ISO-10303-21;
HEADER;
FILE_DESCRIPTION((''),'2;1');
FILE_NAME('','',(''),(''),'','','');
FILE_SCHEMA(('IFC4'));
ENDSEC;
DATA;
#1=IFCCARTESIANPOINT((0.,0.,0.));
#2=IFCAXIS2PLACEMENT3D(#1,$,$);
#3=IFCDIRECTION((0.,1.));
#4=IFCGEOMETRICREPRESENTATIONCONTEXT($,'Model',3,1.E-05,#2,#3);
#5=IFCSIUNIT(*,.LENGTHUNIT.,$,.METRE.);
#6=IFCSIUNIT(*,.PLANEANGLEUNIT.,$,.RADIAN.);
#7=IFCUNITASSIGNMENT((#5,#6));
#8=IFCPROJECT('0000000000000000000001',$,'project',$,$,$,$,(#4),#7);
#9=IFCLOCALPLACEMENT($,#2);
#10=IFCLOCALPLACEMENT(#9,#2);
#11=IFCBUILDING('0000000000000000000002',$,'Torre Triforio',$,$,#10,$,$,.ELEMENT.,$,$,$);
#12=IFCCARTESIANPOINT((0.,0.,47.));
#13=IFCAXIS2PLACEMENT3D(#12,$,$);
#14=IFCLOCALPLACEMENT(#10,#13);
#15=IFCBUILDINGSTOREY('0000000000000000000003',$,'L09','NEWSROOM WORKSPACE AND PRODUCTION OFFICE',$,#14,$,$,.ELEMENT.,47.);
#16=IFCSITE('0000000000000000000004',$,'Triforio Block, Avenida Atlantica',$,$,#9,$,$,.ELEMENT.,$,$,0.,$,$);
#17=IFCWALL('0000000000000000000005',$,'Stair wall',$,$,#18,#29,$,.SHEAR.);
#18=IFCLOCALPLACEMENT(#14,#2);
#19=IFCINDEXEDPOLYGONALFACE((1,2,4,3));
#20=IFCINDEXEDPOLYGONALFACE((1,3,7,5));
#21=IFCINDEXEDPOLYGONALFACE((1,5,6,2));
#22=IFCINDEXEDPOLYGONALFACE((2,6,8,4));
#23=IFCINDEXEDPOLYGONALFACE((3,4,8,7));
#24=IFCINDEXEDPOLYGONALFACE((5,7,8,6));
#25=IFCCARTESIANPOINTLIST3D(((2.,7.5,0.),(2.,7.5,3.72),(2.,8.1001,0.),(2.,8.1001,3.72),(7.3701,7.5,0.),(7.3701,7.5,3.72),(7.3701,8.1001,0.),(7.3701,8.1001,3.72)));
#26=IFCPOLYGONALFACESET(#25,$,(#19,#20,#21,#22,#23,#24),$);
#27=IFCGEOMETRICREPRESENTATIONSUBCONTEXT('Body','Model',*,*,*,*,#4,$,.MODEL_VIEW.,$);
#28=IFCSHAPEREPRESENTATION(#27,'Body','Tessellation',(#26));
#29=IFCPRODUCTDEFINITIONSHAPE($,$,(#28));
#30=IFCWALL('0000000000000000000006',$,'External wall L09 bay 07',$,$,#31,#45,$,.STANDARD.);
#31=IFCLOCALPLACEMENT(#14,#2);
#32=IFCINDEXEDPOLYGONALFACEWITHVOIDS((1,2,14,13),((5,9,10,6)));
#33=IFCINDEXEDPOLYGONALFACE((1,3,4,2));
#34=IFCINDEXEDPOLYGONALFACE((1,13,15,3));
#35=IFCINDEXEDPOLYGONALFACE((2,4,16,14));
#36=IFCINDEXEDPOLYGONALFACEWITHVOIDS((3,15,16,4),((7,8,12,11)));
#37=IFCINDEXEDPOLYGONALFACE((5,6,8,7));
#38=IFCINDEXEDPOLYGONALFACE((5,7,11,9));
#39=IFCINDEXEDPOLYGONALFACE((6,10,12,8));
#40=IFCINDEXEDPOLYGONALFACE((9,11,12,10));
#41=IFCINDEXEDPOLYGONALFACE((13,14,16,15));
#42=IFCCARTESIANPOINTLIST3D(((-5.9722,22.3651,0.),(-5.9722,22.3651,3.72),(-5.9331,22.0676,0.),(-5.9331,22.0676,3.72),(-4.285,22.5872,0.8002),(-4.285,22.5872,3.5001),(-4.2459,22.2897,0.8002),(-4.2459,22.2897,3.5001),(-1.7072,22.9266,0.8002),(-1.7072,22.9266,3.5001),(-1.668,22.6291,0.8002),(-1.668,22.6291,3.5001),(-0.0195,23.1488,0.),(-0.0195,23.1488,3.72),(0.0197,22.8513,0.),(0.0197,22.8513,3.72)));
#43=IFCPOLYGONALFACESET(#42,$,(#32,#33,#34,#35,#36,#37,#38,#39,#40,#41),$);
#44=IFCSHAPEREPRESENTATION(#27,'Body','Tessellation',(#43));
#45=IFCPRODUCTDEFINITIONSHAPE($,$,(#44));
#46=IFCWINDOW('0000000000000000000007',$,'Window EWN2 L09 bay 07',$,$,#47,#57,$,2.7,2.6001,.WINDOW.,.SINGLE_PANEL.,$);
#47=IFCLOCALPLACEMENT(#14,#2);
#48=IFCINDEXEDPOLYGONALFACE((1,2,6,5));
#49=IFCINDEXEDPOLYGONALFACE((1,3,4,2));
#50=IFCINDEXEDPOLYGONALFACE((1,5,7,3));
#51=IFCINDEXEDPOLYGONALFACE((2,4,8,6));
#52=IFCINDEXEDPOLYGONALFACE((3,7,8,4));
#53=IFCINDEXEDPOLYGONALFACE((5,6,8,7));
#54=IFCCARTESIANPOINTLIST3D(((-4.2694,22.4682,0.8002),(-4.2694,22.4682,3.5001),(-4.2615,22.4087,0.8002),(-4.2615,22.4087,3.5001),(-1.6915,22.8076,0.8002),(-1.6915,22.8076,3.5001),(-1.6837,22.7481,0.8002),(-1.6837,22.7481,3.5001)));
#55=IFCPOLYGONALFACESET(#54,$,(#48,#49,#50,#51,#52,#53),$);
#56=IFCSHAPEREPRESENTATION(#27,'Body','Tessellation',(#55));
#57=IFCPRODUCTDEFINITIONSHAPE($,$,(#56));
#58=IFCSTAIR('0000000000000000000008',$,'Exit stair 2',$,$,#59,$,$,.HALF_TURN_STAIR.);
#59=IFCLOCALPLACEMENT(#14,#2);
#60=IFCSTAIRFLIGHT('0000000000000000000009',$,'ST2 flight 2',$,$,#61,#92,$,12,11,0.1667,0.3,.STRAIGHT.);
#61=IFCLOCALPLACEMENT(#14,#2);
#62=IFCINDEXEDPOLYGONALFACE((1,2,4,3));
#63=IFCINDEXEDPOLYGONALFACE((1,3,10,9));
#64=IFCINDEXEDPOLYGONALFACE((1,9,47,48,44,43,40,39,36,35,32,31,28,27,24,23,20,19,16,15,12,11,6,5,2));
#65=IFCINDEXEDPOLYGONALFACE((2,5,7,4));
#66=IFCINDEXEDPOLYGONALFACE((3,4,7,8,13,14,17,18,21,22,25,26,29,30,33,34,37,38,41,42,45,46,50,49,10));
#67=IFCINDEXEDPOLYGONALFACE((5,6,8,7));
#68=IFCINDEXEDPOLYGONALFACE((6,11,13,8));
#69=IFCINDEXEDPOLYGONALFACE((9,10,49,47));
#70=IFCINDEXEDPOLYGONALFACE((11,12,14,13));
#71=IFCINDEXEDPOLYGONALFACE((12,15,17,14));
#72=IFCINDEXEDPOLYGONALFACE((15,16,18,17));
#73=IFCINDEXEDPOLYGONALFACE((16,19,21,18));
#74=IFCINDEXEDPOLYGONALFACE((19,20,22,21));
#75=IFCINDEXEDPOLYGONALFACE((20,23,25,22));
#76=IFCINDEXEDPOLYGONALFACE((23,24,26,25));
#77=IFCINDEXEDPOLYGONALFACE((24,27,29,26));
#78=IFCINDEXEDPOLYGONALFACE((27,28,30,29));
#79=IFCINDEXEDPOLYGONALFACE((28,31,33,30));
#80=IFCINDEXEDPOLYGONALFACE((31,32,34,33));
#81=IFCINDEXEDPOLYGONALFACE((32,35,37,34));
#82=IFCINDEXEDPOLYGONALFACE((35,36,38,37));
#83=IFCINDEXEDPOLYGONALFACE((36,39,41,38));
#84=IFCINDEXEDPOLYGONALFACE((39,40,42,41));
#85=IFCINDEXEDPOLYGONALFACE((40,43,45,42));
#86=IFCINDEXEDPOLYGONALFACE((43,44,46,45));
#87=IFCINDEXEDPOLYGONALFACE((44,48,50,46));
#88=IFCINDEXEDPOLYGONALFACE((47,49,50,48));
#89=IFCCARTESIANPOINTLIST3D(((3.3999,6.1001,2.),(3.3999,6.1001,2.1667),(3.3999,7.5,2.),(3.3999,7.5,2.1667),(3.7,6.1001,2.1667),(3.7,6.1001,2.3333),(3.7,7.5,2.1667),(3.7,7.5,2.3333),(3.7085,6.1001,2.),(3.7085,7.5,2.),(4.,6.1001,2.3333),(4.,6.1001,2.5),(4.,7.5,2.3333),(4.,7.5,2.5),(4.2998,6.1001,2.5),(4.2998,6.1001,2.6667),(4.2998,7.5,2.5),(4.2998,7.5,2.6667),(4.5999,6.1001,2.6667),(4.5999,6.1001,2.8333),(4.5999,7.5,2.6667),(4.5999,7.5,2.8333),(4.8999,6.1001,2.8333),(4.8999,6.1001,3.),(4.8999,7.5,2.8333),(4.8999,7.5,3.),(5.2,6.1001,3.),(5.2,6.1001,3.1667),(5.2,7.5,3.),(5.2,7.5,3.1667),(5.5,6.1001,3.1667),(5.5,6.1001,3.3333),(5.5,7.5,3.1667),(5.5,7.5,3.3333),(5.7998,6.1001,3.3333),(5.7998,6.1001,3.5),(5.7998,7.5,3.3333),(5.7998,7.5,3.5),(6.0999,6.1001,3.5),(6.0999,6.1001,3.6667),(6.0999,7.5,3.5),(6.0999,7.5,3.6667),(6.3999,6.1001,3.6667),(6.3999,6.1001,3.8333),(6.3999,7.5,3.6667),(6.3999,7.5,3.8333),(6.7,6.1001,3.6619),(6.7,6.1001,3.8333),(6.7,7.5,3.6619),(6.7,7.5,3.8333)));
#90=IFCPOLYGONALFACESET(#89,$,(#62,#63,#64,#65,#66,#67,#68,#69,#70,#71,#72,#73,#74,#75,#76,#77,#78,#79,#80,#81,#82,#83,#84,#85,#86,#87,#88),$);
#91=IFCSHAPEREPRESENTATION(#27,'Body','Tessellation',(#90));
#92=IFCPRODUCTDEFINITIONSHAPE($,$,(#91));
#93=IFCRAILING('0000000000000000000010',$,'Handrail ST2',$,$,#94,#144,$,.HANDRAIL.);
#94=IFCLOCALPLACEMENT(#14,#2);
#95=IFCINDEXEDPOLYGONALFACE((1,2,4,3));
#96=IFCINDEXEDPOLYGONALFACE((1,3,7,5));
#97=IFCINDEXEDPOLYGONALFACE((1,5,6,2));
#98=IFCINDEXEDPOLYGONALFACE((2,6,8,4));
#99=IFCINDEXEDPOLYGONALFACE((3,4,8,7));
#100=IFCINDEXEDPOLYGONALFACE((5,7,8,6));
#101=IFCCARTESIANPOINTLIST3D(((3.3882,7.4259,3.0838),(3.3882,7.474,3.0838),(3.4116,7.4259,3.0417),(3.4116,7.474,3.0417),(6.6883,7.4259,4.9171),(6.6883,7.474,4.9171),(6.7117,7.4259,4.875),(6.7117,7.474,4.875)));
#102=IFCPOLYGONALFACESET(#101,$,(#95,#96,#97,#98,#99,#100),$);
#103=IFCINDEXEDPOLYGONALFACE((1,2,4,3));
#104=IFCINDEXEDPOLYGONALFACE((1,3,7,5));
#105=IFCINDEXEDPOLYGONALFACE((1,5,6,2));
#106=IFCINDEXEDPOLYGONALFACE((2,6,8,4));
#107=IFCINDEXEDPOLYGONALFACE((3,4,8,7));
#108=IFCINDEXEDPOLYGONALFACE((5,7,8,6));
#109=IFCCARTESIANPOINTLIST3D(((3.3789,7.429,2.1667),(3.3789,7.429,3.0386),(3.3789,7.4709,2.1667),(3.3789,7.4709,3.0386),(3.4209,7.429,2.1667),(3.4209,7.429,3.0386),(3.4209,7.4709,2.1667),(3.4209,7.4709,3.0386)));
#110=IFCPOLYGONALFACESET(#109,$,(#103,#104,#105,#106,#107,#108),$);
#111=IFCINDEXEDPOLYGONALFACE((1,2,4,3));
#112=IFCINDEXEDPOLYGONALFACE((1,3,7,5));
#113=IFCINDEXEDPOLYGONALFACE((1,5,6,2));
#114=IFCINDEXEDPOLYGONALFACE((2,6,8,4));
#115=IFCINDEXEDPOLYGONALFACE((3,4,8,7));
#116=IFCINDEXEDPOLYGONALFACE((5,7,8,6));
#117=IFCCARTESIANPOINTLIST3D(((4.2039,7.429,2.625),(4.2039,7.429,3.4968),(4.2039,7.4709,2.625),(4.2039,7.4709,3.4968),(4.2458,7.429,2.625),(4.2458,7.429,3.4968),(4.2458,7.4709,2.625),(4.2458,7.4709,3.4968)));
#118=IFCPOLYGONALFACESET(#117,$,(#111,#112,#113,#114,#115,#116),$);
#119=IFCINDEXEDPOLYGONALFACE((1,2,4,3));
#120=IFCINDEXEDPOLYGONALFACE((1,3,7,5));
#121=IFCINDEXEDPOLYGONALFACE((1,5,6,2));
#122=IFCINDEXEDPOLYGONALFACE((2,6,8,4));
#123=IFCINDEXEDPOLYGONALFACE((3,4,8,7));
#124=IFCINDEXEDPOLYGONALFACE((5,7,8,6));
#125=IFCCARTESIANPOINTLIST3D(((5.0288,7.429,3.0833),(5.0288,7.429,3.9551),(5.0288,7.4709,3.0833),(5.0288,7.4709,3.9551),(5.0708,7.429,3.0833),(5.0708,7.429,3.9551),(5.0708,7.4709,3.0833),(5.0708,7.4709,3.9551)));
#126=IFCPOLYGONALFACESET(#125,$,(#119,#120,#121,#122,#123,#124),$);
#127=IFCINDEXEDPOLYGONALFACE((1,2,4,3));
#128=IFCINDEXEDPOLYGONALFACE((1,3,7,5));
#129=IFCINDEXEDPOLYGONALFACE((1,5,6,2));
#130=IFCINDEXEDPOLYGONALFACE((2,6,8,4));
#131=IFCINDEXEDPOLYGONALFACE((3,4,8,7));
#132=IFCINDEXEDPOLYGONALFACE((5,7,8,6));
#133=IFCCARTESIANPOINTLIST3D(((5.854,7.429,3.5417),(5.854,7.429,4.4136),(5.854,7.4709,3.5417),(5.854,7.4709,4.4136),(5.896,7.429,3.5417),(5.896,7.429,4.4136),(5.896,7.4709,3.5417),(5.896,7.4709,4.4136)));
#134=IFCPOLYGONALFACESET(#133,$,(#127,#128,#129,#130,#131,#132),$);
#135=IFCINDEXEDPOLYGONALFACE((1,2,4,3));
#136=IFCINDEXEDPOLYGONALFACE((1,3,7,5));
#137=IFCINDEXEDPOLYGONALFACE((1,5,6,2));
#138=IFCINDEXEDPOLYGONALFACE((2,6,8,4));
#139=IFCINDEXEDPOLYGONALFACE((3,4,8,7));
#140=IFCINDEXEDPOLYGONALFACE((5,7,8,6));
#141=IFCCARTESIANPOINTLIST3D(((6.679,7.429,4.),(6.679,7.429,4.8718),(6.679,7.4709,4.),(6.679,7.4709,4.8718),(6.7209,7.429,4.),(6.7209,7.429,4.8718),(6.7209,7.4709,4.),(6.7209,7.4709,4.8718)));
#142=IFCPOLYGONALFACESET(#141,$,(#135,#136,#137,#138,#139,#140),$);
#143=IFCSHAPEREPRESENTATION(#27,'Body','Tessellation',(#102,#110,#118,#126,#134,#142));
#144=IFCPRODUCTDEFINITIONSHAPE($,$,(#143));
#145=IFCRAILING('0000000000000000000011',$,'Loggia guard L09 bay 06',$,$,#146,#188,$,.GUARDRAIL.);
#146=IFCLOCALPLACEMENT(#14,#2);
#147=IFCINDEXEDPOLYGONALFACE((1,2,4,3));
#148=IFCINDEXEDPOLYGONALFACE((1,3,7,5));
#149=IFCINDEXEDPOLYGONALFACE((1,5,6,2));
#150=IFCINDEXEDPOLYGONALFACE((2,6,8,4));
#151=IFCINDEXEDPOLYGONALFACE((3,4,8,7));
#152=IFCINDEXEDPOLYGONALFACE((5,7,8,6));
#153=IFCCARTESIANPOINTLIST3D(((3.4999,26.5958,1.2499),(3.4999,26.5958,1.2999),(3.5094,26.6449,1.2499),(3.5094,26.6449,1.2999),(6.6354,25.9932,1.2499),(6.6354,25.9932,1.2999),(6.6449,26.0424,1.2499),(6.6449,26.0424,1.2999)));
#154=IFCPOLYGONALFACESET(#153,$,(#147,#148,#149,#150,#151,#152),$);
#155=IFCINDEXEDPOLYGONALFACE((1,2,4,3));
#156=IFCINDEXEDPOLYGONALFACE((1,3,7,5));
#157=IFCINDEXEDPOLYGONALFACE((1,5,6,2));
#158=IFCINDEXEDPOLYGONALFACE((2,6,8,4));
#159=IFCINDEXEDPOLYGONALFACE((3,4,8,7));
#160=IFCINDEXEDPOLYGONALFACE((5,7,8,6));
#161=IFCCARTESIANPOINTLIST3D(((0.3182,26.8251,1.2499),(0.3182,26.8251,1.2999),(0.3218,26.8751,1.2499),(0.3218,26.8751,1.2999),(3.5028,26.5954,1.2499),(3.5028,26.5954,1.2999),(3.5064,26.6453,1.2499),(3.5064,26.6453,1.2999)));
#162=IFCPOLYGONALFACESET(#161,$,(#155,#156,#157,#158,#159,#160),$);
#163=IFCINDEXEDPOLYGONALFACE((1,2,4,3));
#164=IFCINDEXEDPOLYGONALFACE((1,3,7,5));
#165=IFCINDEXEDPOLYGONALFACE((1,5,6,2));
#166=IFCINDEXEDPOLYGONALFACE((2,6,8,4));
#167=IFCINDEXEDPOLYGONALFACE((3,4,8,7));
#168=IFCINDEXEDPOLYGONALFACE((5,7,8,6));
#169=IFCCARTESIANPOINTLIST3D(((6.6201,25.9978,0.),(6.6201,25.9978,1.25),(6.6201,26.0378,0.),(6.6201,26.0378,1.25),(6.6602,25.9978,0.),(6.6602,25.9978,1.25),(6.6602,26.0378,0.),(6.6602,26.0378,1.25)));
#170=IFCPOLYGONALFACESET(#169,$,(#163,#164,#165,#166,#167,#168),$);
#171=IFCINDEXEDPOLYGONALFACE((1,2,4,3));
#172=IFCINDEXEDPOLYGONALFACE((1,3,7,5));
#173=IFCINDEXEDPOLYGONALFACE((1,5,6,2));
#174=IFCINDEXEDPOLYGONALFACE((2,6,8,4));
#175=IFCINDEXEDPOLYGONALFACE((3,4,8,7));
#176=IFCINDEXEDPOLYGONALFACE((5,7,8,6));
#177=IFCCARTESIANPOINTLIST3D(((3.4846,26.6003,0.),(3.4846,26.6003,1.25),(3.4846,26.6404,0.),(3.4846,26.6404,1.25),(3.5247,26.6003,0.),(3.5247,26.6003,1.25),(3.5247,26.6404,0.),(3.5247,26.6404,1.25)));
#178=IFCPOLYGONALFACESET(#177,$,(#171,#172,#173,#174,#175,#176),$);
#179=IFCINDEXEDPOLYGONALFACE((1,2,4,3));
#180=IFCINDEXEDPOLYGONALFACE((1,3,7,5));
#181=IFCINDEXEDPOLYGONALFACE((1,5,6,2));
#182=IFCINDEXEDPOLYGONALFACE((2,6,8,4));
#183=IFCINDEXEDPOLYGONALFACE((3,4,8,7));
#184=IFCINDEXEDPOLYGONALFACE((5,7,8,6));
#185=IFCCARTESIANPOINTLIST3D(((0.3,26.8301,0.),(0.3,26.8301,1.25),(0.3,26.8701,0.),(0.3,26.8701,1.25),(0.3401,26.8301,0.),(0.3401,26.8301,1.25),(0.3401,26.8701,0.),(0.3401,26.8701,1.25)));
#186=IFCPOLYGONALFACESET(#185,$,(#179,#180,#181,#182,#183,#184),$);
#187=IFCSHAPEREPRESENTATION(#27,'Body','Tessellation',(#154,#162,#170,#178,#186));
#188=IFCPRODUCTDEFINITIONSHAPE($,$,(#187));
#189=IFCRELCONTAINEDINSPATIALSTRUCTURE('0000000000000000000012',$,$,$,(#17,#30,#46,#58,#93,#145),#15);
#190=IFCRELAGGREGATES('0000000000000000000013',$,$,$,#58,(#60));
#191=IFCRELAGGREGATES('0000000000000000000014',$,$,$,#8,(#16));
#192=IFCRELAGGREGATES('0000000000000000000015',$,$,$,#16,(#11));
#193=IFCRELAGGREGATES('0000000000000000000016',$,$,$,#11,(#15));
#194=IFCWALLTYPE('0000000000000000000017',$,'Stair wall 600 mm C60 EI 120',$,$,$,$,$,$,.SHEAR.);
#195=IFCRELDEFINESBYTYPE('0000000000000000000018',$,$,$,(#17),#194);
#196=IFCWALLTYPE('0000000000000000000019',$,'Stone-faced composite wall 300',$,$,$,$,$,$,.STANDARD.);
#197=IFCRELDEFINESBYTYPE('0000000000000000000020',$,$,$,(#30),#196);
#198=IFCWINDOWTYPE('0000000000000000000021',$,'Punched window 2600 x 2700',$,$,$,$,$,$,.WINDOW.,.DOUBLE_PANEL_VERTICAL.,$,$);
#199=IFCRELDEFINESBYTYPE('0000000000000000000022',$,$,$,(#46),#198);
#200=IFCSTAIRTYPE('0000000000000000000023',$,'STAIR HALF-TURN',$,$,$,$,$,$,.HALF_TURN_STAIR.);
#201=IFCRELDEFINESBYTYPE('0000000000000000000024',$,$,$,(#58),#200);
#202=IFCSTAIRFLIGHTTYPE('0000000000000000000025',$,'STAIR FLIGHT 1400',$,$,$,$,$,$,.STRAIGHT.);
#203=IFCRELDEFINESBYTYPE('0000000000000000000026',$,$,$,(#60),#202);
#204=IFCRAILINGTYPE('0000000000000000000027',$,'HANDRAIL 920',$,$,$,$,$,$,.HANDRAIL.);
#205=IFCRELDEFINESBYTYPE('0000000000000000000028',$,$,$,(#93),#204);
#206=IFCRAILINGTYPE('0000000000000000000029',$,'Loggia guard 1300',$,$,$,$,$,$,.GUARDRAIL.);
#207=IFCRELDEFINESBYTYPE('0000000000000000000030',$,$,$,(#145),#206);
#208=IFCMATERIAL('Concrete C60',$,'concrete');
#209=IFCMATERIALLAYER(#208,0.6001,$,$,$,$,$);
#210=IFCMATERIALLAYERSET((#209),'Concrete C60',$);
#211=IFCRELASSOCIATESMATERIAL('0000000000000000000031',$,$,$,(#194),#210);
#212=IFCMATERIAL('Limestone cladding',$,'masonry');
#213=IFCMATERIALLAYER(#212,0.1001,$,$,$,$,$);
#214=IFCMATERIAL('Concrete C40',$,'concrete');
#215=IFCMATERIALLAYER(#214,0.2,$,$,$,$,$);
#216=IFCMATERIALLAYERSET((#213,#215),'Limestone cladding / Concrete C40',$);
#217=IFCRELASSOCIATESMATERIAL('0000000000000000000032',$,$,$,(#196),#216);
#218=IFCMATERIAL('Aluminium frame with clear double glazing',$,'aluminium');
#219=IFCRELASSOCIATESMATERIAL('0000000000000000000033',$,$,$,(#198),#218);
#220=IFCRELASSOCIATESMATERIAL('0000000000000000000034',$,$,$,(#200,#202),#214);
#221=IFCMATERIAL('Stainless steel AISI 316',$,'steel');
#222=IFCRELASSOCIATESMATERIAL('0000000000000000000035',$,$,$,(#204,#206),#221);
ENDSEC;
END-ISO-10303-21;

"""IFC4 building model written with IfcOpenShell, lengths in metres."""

from ifc_helpers import new_model, si_unit, direction, frame, frame_2d, origin, origin_2d, place, context, subcontext, project, spatial, polyline, rectangle, outline, extrude, material, layer, layer_set, type_object, element, fill, aggregate, save


model = new_model("IFC4")

# Units and contexts
model_context = context("Model", 3, precision=1e-05, world=origin(), true_north=direction((0.0, 1.0)))
body_context = subcontext(model_context, "Body", "Model", "MODEL_VIEW")
ifc_project = project(units=[si_unit("LENGTHUNIT", "METRE"), si_unit("PLANEANGLEUNIT", "RADIAN")], contexts=[model_context])

# Site, building, storey
site_placement = place(None, origin())
site = spatial("IfcSite", under=ifc_project, at=site_placement, Name="Triforio Block, Avenida Atlantica", CompositionType="ELEMENT", RefElevation=0.0)
building_placement = place(site_placement, origin())
building = spatial("IfcBuilding", under=site, at=building_placement, Name="Torre Triforio", CompositionType="ELEMENT")
storey_placement = place(building_placement, frame((0.0, 0.0, 47.0)))
storey = spatial("IfcBuildingStorey", under=building, at=storey_placement, Name="L09", Description="NEWSROOM WORKSPACE AND PRODUCTION OFFICE", CompositionType="ELEMENT", Elevation=47.0)

# Shared definitions
ifc_material_1 = material(Name="Concrete C60", Category="concrete")

# Wall
ifc_layer_1 = layer(ifc_material_1, 0.6001)
ifc_layer_set_1 = layer_set([ifc_layer_1], Name="Concrete C60")
wall_type_1 = type_object("IfcWallType", Name="Stair wall 600 mm C60 EI 120", PredefinedType="SHEAR", material=ifc_layer_set_1)
wall_1_placement = place(storey_placement, frame((2.0, 7.8, 0.0), z_axis=(0.0, 0.0, 1.0), x_axis=(1.0, 0.0, 0.0)))
element("IfcWall", 1, at=wall_1_placement, inside=storey, type_object=wall_type_1, Name="Stair wall", PredefinedType="SHEAR", context=body_context, shape_type="SweptSolid", body=[
    extrude(rectangle(XDim=5.3701, YDim=0.6001, at=frame_2d((2.6851, 0.0))), origin(), (0.0, 0.0, 1.0), 3.72),
])

# Shared definitions
ifc_material_2 = material(Name="Limestone cladding", Category="masonry")
ifc_layer_2 = layer(ifc_material_2, 0.1001)
ifc_material_3 = material(Name="Concrete C40", Category="concrete")
ifc_layer_3 = layer(ifc_material_3, 0.2)
ifc_layer_set_2 = layer_set([ifc_layer_2, ifc_layer_3], Name="Limestone cladding / Concrete C40")
wall_type_2 = type_object("IfcWallType", Name="Stone-faced composite wall 300", PredefinedType="STANDARD", material=ifc_layer_set_2)
ifc_material_4 = material(Name="Aluminium frame with clear double glazing", Category="aluminium")

# Wall, opening, window
wall_2_placement = place(storey_placement, frame((0.0, 23.0, 0.0), z_axis=(0.0, 0.0, 1.0), x_axis=(-0.991445, -0.130523, 0.0)))
wall_2 = element("IfcWall", 2, at=wall_2_placement, inside=storey, type_object=wall_type_2, Name="External wall L09 bay 07", PredefinedType="STANDARD", context=body_context, shape_type="SweptSolid", body=[
    extrude(rectangle(XDim=6.0042, YDim=0.3, at=frame_2d((3.002, 0.0))), origin(), (0.0, 0.0, 1.0), 3.72),
])
opening_1_placement = place(wall_2_placement, frame((1.7021, 0.0, 0.8)))
opening_1 = element("IfcOpeningElement", 3, at=opening_1_placement, cuts=wall_2, PredefinedType="OPENING", context=body_context, shape_type="SweptSolid", body=[
    extrude(rectangle(XDim=2.6001, YDim=2.7, at=frame_2d((1.3, 1.3501))), frame((0.0, 0.1599, 0.0), z_axis=(0.0, -1.0, 0.0), x_axis=(1.0, 0.0, 0.0)), (0.0, 0.0, 1.0), 0.3201),
])
window_type_1 = type_object("IfcWindowType", Name="Punched window 2600 x 2700", PartitioningType="DOUBLE_PANEL_VERTICAL", PredefinedType="WINDOW", material=ifc_material_4)
window_1_placement = place(opening_1_placement, origin())
window_1 = element("IfcWindow", 4, at=window_1_placement, inside=storey, type_object=window_type_1, Name="Window EWN2 L09 bay 07", OverallHeight=2.7, OverallWidth=2.6001, PartitioningType="SINGLE_PANEL", PredefinedType="WINDOW", context=body_context, shape_type="SweptSolid", body=[
    extrude(rectangle(XDim=2.6001, YDim=2.7, at=frame_2d((1.3, 1.3501))), frame((0.0, 0.03, 0.0), z_axis=(0.0, -1.0, 0.0), x_axis=(1.0, 0.0, 0.0)), (0.0, 0.0, 1.0), 0.0601),
])
fill(opening_1, window_1)

# Stair, stair flight
stair_type = type_object("IfcStairType", Name="STAIR HALF-TURN", PredefinedType="HALF_TURN_STAIR", material=ifc_material_3)
stair_placement = place(storey_placement, origin())
stair = element("IfcStair", 5, at=stair_placement, inside=storey, type_object=stair_type, Name="Exit stair 2", PredefinedType="HALF_TURN_STAIR")
stair_flight_type = type_object("IfcStairFlightType", Name="STAIR FLIGHT 1400", PredefinedType="STRAIGHT", material=ifc_material_3)
stair_flight_placement = place(storey_placement, frame((3.3999, 6.8, 2.0), z_axis=(0.0, 0.0, 1.0), x_axis=(1.0, 0.0, 0.0)))
stair_flight = element("IfcStairFlight", 6, at=stair_flight_placement, type_object=stair_flight_type, Name="ST2 flight 2", NumberOfRisers=12, NumberOfTreads=11, PredefinedType="STRAIGHT", RiserHeight=0.1667, TreadLength=0.3, context=body_context, shape_type="SweptSolid", body=[
    extrude(outline(polyline([(0.0, 0.0), (0.0, 0.1667), (0.3, 0.1667), (0.3, 0.3333), (0.6001, 0.3333), (0.6001, 0.5), (0.8999, 0.5), (0.8999, 0.6667), (1.2, 0.6667), (1.2, 0.8333), (1.5, 0.8333), (1.5, 1.0), (1.8, 1.0), (1.8, 1.1667), (2.1001, 1.1667), (2.1001, 1.3333), (2.3999, 1.3333), (2.3999, 1.5), (2.7, 1.5), (2.7, 1.6667), (3.0, 1.6667), (3.0, 1.8333), (3.3, 1.8333), (3.3, 2.0), (3.3, 1.6619), (0.3086, 0.0), (0.0, 0.0)])), frame((0.0, 0.7, 0.0), z_axis=(0.0, -1.0, 0.0), x_axis=(1.0, 0.0, 0.0)), (0.0, 0.0, 1.0), 1.3999),
])
aggregate(stair, [stair_flight])

# Railings
ifc_material_5 = material(Name="Stainless steel AISI 316", Category="steel")
railing_type_1 = type_object("IfcRailingType", Name="HANDRAIL 920", PredefinedType="HANDRAIL", material=ifc_material_5)
railing_1_placement = place(storey_placement, frame((3.3999, 7.45, 2.1667)))
element("IfcRailing", 7, at=railing_1_placement, inside=storey, type_object=railing_type_1, Name="Handrail ST2", PredefinedType="HANDRAIL", context=body_context, shape_type="SweptSolid", body=[
    extrude(rectangle(XDim=0.0481, YDim=0.0481, at=origin_2d()), frame((0.0, 0.0, 0.896), z_axis=(0.874169, 0.0, 0.485621), x_axis=(0.0, 1.0, 0.0)), (0.0, 0.0, 1.0), 3.7751),
    extrude(rectangle(XDim=0.042, YDim=0.042, at=origin_2d()), origin(), (0.0, 0.0, 1.0), 0.8718),
    extrude(rectangle(XDim=0.042, YDim=0.042, at=origin_2d()), frame((0.825, 0.0, 0.4583)), (0.0, 0.0, 1.0), 0.8718),
    extrude(rectangle(XDim=0.042, YDim=0.042, at=origin_2d()), frame((1.6499, 0.0, 0.9165)), (0.0, 0.0, 1.0), 0.8718),
    extrude(rectangle(XDim=0.042, YDim=0.042, at=origin_2d()), frame((2.4751, 0.0, 1.375)), (0.0, 0.0, 1.0), 0.8718),
    extrude(rectangle(XDim=0.042, YDim=0.042, at=origin_2d()), frame((3.3, 0.0, 1.8333)), (0.0, 0.0, 1.0), 0.8718),
])
railing_type_2 = type_object("IfcRailingType", Name="Loggia guard 1300", PredefinedType="GUARDRAIL", material=ifc_material_5)
railing_2_placement = place(storey_placement, frame((6.6401, 26.0178, 0.0)))
element("IfcRailing", 8, at=railing_2_placement, inside=storey, type_object=railing_type_2, Name="Loggia guard L09 bay 06", PredefinedType="GUARDRAIL", context=body_context, shape_type="SweptSolid", body=[
    extrude(rectangle(XDim=0.05, YDim=0.05, at=origin_2d()), frame((0.0, 0.0, 1.2749), z_axis=(-0.982032, 0.188714, 0.0), x_axis=(-0.188714, -0.982032, 0.0)), (0.0, 0.0, 1.0), 3.1929),
    extrude(rectangle(XDim=0.05, YDim=0.05, at=origin_2d()), frame((-3.1355, 0.6025, 1.2749), z_axis=(-0.997408, 0.071953, 0.0), x_axis=(-0.071953, -0.997408, 0.0)), (0.0, 0.0, 1.0), 3.1929),
    extrude(rectangle(XDim=0.04, YDim=0.04, at=origin_2d()), origin(), (0.0, 0.0, 1.0), 1.25),
    extrude(rectangle(XDim=0.04, YDim=0.04, at=origin_2d()), frame((-3.1355, 0.6025, 0.0)), (0.0, 0.0, 1.0), 1.25),
    extrude(rectangle(XDim=0.04, YDim=0.04, at=origin_2d()), frame((-6.3201, 0.8323, 0.0)), (0.0, 0.0, 1.0), 1.25),
])

save(model, "model.ifc")
